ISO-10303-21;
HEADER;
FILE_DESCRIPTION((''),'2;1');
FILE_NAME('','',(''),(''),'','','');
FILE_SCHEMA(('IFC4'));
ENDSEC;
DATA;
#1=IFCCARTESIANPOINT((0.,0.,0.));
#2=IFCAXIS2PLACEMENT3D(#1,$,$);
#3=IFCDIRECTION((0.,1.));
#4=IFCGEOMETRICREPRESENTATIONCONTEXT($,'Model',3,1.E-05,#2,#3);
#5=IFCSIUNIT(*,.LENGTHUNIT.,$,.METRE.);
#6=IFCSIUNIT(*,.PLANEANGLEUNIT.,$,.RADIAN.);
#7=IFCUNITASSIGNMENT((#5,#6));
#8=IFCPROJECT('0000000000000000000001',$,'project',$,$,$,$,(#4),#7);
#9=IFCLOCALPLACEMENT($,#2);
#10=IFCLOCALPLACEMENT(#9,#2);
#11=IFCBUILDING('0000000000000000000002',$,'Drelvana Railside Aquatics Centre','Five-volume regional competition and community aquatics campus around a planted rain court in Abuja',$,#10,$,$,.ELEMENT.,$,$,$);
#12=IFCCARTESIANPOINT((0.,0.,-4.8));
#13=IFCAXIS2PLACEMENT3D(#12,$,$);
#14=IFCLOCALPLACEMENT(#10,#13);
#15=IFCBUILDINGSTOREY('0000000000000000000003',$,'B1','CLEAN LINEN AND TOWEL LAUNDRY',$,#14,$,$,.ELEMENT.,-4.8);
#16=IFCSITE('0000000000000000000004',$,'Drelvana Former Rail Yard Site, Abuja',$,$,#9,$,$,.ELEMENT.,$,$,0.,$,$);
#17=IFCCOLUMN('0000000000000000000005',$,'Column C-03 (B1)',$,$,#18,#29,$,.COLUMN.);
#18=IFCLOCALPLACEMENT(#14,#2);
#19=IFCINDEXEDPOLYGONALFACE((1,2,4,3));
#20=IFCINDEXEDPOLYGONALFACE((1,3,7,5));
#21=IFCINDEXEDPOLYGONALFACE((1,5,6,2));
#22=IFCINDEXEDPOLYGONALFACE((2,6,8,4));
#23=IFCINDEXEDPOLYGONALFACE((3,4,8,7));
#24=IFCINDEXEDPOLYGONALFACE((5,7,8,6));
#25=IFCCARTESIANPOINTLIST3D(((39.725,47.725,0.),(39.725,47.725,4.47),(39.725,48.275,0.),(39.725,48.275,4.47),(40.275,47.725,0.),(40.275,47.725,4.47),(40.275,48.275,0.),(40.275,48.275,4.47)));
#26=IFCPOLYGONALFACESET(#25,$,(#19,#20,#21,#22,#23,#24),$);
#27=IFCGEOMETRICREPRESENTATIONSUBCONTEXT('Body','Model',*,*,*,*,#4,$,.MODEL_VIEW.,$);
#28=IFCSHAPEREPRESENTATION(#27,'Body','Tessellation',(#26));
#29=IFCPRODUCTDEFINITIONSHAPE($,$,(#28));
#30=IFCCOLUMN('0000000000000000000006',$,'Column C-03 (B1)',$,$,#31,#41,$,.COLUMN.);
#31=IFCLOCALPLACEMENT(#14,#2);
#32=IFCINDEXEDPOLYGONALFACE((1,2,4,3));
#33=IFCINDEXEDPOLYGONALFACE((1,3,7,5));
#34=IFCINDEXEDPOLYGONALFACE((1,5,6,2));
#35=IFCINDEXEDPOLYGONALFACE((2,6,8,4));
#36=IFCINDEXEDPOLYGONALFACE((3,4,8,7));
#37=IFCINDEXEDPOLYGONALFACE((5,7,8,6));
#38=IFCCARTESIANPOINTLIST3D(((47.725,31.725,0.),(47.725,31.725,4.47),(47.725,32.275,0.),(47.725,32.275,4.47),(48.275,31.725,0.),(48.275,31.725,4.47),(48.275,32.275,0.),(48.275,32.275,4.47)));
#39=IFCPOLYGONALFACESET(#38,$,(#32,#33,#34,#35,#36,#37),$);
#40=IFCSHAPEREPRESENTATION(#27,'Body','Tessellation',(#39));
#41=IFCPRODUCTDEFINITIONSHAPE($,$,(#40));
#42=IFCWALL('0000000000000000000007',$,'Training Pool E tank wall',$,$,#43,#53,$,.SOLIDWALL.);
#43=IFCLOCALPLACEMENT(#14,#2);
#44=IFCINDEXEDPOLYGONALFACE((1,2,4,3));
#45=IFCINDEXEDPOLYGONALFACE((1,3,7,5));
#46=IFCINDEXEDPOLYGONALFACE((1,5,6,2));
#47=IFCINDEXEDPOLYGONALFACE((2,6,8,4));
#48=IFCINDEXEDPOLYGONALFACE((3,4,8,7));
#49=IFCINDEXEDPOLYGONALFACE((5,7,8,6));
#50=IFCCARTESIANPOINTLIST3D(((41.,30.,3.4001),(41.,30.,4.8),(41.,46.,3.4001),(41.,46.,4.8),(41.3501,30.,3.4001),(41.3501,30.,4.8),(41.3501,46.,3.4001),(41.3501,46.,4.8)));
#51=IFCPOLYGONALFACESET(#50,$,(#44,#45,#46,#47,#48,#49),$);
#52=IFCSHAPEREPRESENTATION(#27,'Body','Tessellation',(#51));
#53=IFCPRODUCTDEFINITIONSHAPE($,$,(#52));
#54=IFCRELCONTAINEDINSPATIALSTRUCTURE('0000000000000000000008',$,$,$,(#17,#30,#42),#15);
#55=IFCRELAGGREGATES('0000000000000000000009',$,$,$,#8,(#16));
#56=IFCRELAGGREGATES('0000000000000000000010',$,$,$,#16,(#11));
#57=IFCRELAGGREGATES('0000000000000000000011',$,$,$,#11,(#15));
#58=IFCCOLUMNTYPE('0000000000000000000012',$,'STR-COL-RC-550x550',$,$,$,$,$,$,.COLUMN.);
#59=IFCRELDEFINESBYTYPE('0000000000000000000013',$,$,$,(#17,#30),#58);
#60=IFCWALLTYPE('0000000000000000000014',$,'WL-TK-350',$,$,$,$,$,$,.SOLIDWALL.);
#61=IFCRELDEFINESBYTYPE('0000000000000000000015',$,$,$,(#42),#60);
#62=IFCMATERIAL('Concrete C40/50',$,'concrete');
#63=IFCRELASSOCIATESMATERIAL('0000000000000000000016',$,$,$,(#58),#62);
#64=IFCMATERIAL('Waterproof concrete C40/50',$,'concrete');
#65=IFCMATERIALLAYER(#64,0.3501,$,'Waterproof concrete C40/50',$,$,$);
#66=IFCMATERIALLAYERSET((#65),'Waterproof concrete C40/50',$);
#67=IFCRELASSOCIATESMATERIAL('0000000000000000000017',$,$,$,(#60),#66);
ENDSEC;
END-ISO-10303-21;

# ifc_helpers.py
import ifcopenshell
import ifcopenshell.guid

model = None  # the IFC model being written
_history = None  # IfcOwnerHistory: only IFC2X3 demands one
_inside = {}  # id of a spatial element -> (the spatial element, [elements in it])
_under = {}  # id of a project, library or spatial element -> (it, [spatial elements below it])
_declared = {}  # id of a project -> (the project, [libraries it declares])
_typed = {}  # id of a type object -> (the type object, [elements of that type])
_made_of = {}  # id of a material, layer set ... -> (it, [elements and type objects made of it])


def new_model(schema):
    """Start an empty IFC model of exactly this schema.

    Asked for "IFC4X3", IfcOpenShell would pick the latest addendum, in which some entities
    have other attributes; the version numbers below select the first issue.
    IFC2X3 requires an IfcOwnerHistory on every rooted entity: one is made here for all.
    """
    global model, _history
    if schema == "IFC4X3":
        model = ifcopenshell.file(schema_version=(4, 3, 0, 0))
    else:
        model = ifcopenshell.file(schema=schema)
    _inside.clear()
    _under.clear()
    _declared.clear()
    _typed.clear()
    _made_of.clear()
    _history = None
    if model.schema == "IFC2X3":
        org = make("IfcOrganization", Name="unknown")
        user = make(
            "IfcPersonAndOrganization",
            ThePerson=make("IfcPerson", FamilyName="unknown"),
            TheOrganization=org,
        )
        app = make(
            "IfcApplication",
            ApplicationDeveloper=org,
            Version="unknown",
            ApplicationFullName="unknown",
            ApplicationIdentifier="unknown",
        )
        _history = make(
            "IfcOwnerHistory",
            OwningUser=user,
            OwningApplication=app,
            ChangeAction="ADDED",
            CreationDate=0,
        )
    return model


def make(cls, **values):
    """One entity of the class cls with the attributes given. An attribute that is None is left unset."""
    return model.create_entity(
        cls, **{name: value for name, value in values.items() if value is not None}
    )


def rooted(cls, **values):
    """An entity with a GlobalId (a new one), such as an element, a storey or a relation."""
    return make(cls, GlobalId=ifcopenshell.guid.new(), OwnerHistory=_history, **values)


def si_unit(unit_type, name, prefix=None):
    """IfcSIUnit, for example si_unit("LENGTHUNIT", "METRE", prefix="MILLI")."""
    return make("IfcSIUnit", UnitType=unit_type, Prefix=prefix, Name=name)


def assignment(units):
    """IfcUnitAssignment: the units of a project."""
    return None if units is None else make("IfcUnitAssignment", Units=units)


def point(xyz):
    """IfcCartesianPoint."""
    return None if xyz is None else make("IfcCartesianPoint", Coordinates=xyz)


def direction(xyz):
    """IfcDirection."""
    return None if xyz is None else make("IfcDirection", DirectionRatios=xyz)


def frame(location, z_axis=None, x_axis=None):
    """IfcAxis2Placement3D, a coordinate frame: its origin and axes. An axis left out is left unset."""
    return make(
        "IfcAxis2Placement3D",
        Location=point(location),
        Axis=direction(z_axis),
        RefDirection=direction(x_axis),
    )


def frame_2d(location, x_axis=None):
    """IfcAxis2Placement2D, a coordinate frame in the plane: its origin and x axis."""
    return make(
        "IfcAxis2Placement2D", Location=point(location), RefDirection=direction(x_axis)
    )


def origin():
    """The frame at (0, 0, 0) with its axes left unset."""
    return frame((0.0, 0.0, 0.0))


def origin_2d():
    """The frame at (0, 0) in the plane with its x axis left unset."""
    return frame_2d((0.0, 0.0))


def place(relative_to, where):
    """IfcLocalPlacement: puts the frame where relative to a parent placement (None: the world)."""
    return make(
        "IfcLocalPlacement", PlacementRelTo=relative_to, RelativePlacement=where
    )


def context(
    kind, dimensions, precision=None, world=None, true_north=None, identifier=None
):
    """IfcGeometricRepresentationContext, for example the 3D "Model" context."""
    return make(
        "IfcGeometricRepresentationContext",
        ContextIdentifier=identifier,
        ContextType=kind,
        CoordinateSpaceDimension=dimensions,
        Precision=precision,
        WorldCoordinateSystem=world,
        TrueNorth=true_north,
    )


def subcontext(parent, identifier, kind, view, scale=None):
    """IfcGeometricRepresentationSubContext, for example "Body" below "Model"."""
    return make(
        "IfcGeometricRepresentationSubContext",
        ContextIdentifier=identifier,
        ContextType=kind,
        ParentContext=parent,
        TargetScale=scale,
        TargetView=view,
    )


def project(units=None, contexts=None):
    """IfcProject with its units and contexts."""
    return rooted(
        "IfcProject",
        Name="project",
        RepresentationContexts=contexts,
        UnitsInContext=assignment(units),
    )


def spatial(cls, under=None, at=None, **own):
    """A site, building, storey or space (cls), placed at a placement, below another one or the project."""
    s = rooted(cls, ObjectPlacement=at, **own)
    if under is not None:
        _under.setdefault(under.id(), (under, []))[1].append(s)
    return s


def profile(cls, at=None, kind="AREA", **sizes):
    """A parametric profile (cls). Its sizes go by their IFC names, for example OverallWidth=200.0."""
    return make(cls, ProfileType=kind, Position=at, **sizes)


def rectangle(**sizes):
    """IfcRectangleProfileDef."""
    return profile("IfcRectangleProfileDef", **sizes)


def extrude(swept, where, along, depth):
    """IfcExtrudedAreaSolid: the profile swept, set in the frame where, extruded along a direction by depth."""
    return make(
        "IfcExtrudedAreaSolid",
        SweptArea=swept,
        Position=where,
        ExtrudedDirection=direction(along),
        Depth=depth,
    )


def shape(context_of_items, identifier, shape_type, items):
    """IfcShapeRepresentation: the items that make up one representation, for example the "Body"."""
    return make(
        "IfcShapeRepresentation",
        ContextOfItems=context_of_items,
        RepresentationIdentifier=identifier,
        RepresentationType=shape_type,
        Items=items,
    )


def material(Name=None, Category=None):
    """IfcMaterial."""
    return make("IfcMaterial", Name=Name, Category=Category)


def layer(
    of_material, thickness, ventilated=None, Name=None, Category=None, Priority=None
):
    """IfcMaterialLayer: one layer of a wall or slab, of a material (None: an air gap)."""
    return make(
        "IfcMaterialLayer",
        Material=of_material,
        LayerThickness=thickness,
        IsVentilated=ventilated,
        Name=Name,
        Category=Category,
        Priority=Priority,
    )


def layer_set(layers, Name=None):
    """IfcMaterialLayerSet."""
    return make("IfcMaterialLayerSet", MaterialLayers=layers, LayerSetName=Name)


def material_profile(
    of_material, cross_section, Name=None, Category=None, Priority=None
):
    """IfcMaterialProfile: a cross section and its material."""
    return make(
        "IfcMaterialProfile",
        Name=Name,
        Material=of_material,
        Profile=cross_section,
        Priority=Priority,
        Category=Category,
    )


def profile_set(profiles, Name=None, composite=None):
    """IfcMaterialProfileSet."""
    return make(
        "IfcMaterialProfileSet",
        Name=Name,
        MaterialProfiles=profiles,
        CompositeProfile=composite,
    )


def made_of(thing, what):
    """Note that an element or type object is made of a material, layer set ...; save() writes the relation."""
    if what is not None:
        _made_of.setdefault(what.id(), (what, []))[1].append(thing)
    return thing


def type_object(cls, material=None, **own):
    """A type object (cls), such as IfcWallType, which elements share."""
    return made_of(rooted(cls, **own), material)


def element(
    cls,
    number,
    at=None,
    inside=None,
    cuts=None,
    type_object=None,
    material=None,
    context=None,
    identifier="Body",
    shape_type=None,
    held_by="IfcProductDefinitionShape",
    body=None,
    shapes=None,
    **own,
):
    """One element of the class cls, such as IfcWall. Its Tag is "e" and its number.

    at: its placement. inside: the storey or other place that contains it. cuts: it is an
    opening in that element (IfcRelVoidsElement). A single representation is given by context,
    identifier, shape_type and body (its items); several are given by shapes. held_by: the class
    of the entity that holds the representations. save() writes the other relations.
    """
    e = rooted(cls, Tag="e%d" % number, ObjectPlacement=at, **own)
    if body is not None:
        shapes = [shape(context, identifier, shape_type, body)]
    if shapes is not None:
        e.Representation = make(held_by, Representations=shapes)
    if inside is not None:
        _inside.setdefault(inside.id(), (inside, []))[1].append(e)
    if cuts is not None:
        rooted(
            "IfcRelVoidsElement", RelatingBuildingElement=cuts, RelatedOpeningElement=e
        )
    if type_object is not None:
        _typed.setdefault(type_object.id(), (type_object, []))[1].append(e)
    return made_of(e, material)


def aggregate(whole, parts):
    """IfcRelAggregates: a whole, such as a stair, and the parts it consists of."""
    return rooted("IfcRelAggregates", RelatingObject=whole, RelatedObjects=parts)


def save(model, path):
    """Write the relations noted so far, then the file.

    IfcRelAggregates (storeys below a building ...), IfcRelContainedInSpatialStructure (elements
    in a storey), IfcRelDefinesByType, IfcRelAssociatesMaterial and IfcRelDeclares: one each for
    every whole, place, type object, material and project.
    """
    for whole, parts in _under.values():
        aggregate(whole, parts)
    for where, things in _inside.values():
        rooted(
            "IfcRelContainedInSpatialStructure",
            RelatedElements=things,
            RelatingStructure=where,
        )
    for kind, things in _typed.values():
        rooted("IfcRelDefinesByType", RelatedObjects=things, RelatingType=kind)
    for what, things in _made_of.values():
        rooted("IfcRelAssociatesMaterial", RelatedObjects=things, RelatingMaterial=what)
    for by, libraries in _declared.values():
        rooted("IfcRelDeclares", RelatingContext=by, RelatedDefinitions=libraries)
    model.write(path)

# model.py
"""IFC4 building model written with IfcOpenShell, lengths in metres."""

from ifc_helpers import new_model, si_unit, direction, frame, frame_2d, origin, origin_2d, place, context, subcontext, project, spatial, rectangle, extrude, material, layer, layer_set, material_profile, profile_set, type_object, element, save


model = new_model("IFC4")

# Units and contexts
model_context = context("Model", 3, precision=1e-05, world=origin(), true_north=direction((0.0, 1.0)))
body_context = subcontext(model_context, "Body", "Model", "MODEL_VIEW")
ifc_project = project(units=[si_unit("LENGTHUNIT", "METRE"), si_unit("PLANEANGLEUNIT", "RADIAN")], contexts=[model_context])

# Site, building, storey
site_placement = place(None, origin())
site = spatial("IfcSite", under=ifc_project, at=site_placement, Name="Drelvana Former Rail Yard Site, Abuja", CompositionType="ELEMENT", RefElevation=0.0)
building_placement = place(site_placement, origin())
building = spatial("IfcBuilding", under=site, at=building_placement, Name="Drelvana Railside Aquatics Centre", Description="Five-volume regional competition and community aquatics campus around a planted rain court in Abuja", CompositionType="ELEMENT")
storey_placement = place(building_placement, frame((0.0, 0.0, -4.8)))
storey = spatial("IfcBuildingStorey", under=building, at=storey_placement, Name="B1", Description="CLEAN LINEN AND TOWEL LAUNDRY", CompositionType="ELEMENT", Elevation=-4.8)

# Columns
ifc_material_1 = material(Name="Concrete C40/50", Category="concrete")
ifc_material_profile_1 = material_profile(ifc_material_1, rectangle(XDim=0.55, YDim=0.55, at=origin_2d()), Name="RC 550x550")
ifc_profile_set_1 = profile_set([ifc_material_profile_1], Name="Concrete C40/50")
column_type_1 = type_object("IfcColumnType", Name="STR-COL-RC-550x550", PredefinedType="COLUMN", material=ifc_profile_set_1)
for number, where, z_axis, x_axis, name in (
    (1, (40.0, 48.0, 0.0), (0.0, 0.0, 1.0), (1.0, 0.0, 0.0), "Column C-03 (B1)"),
    (2, (48.0, 32.0, 0.0), (0.0, 0.0, 1.0), (1.0, 0.0, 0.0), "Column C-03 (B1)"),
):
    element("IfcColumn", number, at=place(storey_placement, frame(where, z_axis=z_axis, x_axis=x_axis)), inside=storey, type_object=column_type_1, Name=name, PredefinedType="COLUMN", context=body_context, shape_type="SweptSolid", body=[
        extrude(rectangle(XDim=0.55, YDim=0.55, at=origin_2d()), origin(), (0.0, 0.0, 1.0), 4.47),
    ])

# Wall
ifc_material_2 = material(Name="Waterproof concrete C40/50", Category="concrete")
ifc_layer = layer(ifc_material_2, 0.3501, Name="Waterproof concrete C40/50")
ifc_layer_set = layer_set([ifc_layer], Name="Waterproof concrete C40/50")
wall_type = type_object("IfcWallType", Name="WL-TK-350", PredefinedType="SOLIDWALL", material=ifc_layer_set)
wall_placement = place(storey_placement, frame((41.175, 30.0, 3.4001), z_axis=(0.0, 0.0, 1.0), x_axis=(0.0, 1.0, 0.0)))
element("IfcWall", 3, at=wall_placement, inside=storey, type_object=wall_type, Name="Training Pool E tank wall", PredefinedType="SOLIDWALL", context=body_context, shape_type="SweptSolid", body=[
    extrude(rectangle(XDim=16.0, YDim=0.3501, at=frame_2d((8.0, 0.0))), origin(), (0.0, 0.0, 1.0), 1.3999),
])

save(model, "model.ifc")
